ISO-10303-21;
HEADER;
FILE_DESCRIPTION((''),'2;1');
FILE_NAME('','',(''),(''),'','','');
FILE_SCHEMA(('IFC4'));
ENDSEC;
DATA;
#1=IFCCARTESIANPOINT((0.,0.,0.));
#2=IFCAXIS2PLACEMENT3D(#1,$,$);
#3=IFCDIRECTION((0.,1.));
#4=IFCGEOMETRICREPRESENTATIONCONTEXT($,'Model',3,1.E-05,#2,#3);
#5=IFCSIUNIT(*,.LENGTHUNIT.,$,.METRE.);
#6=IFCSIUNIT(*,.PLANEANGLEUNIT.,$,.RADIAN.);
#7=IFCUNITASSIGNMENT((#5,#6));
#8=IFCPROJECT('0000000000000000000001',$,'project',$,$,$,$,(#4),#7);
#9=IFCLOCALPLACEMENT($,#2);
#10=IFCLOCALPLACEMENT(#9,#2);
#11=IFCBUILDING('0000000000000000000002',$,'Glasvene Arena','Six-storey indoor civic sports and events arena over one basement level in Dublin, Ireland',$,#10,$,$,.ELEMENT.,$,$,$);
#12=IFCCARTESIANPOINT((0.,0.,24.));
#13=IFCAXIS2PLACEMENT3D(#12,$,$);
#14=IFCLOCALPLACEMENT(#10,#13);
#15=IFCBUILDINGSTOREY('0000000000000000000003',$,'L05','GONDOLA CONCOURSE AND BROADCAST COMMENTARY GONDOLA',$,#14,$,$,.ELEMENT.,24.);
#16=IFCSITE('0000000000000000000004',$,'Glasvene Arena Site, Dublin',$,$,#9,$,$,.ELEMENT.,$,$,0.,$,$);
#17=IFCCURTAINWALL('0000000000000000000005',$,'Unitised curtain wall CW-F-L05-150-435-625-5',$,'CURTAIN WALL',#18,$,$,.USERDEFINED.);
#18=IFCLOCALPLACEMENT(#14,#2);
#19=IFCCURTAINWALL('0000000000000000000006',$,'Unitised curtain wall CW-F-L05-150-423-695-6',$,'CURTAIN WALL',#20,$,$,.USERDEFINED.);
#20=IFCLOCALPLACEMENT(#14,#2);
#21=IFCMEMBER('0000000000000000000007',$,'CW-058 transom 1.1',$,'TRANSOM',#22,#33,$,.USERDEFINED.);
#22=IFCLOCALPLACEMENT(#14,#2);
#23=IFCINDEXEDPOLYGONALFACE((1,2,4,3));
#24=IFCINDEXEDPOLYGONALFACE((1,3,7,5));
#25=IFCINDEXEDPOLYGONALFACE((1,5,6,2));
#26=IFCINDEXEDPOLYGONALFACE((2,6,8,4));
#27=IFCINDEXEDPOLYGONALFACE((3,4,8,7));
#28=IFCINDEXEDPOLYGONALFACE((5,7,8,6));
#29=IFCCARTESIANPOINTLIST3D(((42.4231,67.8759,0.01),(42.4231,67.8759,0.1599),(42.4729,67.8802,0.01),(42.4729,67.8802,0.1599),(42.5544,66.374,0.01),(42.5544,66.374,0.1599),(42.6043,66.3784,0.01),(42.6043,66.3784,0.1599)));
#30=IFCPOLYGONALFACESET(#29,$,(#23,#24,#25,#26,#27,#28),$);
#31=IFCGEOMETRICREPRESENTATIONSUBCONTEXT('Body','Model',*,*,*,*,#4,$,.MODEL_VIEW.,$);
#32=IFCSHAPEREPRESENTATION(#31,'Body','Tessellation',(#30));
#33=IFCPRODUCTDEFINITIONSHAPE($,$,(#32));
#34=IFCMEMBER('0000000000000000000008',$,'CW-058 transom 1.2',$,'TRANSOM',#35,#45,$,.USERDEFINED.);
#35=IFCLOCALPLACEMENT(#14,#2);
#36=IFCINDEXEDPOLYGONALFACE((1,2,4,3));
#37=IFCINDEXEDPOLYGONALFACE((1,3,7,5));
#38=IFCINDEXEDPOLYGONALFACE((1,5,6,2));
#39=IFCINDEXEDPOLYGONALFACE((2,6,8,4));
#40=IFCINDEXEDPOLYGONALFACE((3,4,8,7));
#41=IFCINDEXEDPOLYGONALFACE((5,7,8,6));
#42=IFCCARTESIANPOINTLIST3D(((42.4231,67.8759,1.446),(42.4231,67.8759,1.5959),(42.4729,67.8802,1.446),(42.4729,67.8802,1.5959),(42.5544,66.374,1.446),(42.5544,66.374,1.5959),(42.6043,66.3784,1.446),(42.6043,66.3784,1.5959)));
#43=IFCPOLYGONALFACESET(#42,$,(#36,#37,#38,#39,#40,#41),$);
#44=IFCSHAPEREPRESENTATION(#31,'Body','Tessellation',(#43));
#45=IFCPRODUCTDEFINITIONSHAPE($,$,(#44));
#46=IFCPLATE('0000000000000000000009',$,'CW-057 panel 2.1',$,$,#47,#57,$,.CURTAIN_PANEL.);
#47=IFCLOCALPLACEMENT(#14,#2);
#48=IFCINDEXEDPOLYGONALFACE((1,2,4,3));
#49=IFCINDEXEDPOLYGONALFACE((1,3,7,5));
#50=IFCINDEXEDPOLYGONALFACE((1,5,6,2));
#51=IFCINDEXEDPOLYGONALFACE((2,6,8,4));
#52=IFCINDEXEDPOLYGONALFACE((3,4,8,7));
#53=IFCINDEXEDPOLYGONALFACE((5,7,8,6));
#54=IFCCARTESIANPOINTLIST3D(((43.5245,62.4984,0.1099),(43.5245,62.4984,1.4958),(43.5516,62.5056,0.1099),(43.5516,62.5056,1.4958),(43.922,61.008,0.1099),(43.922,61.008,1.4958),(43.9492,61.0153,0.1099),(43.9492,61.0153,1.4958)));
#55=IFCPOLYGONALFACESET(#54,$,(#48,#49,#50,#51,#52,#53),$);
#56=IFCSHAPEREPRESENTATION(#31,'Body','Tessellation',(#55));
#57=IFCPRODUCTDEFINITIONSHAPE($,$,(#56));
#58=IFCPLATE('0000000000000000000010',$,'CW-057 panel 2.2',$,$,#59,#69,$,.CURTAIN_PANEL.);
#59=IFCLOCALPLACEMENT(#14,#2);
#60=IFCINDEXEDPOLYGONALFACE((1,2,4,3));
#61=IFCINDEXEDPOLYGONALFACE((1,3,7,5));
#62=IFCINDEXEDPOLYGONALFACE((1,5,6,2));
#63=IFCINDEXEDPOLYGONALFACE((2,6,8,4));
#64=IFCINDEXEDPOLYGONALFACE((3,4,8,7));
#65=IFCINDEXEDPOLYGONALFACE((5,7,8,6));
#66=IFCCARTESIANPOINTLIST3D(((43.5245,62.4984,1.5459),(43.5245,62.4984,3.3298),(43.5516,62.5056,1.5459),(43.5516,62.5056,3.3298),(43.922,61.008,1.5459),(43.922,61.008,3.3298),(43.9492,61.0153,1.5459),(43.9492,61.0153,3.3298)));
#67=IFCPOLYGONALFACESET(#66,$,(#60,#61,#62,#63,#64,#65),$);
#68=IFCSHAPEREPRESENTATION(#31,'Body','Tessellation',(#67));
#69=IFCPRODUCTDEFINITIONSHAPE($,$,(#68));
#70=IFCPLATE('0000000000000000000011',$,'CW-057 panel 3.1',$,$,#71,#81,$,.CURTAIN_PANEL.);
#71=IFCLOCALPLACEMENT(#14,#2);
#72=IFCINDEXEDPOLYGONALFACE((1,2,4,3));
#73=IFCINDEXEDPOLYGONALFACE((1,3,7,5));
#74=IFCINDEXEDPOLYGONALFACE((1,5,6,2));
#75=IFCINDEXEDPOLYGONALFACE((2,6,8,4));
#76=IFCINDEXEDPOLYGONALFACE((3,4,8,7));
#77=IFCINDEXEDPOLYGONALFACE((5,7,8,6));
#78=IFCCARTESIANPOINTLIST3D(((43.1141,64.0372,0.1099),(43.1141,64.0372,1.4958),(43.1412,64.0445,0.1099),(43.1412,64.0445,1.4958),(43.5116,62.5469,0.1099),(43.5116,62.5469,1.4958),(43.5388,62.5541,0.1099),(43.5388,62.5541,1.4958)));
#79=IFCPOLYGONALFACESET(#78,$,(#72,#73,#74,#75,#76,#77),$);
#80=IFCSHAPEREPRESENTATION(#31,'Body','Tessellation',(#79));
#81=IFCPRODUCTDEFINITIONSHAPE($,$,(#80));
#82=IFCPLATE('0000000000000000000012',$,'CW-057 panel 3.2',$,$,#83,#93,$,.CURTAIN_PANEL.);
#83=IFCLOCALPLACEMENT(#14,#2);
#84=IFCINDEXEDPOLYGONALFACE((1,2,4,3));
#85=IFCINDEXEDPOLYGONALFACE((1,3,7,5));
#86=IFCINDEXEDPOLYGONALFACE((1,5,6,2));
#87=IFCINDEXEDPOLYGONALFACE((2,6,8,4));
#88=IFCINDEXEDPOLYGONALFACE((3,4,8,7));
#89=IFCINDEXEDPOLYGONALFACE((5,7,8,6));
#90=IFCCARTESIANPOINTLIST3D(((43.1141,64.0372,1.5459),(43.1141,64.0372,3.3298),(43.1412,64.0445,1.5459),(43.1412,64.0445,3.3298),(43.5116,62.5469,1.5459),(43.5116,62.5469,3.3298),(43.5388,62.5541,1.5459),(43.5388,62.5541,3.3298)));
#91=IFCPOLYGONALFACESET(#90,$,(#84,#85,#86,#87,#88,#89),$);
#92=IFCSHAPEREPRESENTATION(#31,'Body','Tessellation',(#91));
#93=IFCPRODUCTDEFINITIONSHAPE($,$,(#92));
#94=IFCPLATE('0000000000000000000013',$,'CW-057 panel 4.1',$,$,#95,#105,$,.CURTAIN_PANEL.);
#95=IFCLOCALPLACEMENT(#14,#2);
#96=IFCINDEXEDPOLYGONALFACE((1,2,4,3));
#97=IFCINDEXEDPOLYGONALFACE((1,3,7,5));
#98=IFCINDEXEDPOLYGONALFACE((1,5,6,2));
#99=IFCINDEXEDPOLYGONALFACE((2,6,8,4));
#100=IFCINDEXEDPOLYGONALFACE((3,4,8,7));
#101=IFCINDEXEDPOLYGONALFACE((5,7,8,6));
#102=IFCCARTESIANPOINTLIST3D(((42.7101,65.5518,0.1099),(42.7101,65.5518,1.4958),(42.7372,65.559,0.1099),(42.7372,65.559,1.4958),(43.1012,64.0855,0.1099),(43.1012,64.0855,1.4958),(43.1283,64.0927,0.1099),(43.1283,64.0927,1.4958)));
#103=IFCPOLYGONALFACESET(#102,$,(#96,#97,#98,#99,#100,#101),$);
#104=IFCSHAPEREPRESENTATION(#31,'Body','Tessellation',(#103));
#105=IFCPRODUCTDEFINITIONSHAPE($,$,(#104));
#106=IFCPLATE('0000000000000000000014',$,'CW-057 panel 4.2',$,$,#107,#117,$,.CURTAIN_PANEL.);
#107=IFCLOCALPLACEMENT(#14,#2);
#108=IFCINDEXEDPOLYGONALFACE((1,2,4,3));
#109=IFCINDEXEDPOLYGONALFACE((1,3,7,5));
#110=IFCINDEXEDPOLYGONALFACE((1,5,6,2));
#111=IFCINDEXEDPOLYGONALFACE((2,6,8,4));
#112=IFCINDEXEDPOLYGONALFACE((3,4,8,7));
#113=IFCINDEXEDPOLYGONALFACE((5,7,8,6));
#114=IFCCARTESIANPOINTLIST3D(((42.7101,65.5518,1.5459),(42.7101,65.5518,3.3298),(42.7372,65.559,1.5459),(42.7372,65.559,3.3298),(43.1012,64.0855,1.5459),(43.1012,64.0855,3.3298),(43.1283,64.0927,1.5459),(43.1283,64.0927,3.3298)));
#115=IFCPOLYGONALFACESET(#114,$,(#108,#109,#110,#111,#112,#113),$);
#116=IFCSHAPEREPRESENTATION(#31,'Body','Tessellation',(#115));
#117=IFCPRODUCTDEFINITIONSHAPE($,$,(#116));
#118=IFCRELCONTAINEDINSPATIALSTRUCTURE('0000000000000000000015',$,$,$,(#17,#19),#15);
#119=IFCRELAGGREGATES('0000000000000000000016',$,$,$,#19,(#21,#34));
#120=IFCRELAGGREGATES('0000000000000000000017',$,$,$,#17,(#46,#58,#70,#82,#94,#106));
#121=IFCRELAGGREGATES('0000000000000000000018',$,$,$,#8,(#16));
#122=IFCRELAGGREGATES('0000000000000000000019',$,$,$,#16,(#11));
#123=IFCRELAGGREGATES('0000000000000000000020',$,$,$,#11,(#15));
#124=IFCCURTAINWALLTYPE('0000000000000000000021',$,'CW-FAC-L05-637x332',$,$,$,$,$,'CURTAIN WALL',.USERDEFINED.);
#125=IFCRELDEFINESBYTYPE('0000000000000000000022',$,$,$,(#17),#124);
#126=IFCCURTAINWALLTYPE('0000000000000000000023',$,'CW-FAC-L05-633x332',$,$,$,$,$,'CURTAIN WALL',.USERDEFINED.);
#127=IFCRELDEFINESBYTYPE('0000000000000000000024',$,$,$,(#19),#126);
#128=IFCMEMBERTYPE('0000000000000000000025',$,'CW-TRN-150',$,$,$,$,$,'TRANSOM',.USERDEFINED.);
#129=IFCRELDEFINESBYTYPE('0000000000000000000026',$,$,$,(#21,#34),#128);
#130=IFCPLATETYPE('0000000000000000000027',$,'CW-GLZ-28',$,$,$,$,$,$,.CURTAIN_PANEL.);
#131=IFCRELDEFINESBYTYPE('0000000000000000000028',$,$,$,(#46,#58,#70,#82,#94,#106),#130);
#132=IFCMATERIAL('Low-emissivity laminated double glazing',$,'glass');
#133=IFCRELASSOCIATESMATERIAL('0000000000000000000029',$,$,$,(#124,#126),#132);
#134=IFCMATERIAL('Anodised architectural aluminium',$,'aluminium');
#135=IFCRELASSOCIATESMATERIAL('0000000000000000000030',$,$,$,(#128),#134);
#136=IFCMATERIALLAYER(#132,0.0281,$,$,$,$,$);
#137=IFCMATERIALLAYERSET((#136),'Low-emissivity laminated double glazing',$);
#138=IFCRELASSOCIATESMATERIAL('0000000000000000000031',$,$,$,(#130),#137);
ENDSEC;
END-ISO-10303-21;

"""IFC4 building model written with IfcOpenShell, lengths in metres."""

from ifc_helpers import new_model, si_unit, direction, frame, origin, origin_2d, place, context, subcontext, project, spatial, rectangle, extrude, material, layer, layer_set, material_profile, profile_set, type_object, element, aggregate, save


model = new_model("IFC4")

# Units and contexts
model_context = context("Model", 3, precision=1e-05, world=origin(), true_north=direction((0.0, 1.0)))
body_context = subcontext(model_context, "Body", "Model", "MODEL_VIEW")
ifc_project = project(units=[si_unit("LENGTHUNIT", "METRE"), si_unit("PLANEANGLEUNIT", "RADIAN")], contexts=[model_context])

# Site, building, storey
site_placement = place(None, origin())
site = spatial("IfcSite", under=ifc_project, at=site_placement, Name="Glasvene Arena Site, Dublin", CompositionType="ELEMENT", RefElevation=0.0)
building_placement = place(site_placement, origin())
building = spatial("IfcBuilding", under=site, at=building_placement, Name="Glasvene Arena", Description="Six-storey indoor civic sports and events arena over one basement level in Dublin, Ireland", CompositionType="ELEMENT")
storey_placement = place(building_placement, frame((0.0, 0.0, 24.0)))
storey = spatial("IfcBuildingStorey", under=building, at=storey_placement, Name="L05", Description="GONDOLA CONCOURSE AND BROADCAST COMMENTARY GONDOLA", CompositionType="ELEMENT", Elevation=24.0)

# Curtain wall
ifc_material_1 = material(Name="Low-emissivity laminated double glazing", Category="glass")
curtain_wall_type_1 = type_object("IfcCurtainWallType", Name="CW-FAC-L05-637x332", ElementType="CURTAIN WALL", PredefinedType="USERDEFINED", material=ifc_material_1)
curtain_wall_1_placement = place(storey_placement, frame((44.3525, 59.4487, 0.0)))
curtain_wall_1 = element("IfcCurtainWall", 1, at=curtain_wall_1_placement, inside=storey, type_object=curtain_wall_type_1, Name="Unitised curtain wall CW-F-L05-150-435-625-5", ObjectType="CURTAIN WALL", PredefinedType="USERDEFINED")
ifc_material_2 = material(Name="Anodised architectural aluminium", Category="aluminium")

# Curtain wall
curtain_wall_type_2 = type_object("IfcCurtainWallType", Name="CW-FAC-L05-633x332", ElementType="CURTAIN WALL", PredefinedType="USERDEFINED", material=ifc_material_1)
curtain_wall_2_placement = place(storey_placement, frame((42.5835, 66.3264, 0.0)))
curtain_wall_2 = element("IfcCurtainWall", 2, at=curtain_wall_2_placement, inside=storey, type_object=curtain_wall_type_2, Name="Unitised curtain wall CW-F-L05-150-423-695-6", ObjectType="CURTAIN WALL", PredefinedType="USERDEFINED")

# Members
ifc_material_profile_1 = material_profile(ifc_material_2, rectangle(XDim=0.05, YDim=0.1499, at=origin_2d()), Name="ALU TRANSOM 50x150")
ifc_profile_set_1 = profile_set([ifc_material_profile_1], Name="Anodised architectural aluminium")
member_type_1 = type_object("IfcMemberType", Name="CW-TRN-150", ElementType="TRANSOM", PredefinedType="USERDEFINED", material=ifc_profile_set_1)
member_1_placement = place(storey_placement, frame((42.5793, 66.3762, 0.085), z_axis=(-0.087119, 0.996198, 0.0), x_axis=(-0.996198, -0.087119, 0.0)))
member_1 = element("IfcMember", 3, at=member_1_placement, type_object=member_type_1, Name="CW-058 transom 1.1", ObjectType="TRANSOM", PredefinedType="USERDEFINED", context=body_context, shape_type="SweptSolid", body=[
    extrude(rectangle(XDim=0.05, YDim=0.1499, at=origin_2d()), origin(), (0.0, 0.0, 1.0), 1.5076),
])
member_2_placement = place(storey_placement, frame((42.5793, 66.3762, 1.521), z_axis=(-0.087119, 0.996198, 0.0), x_axis=(-0.996198, -0.087119, 0.0)))
member_2 = element("IfcMember", 4, at=member_2_placement, type_object=member_type_1, Name="CW-058 transom 1.2", ObjectType="TRANSOM", PredefinedType="USERDEFINED", context=body_context, shape_type="SweptSolid", body=[
    extrude(rectangle(XDim=0.05, YDim=0.1499, at=origin_2d()), origin(), (0.0, 0.0, 1.0), 1.5076),
])
aggregate(curtain_wall_2, [member_1, member_2])

# Plates
ifc_layer = layer(ifc_material_1, 0.0281)
ifc_layer_set = layer_set([ifc_layer], Name="Low-emissivity laminated double glazing")
plate_type = type_object("IfcPlateType", Name="CW-GLZ-28", PredefinedType="CURTAIN_PANEL", material=ifc_layer_set)
plate_1_placement = place(storey_placement, frame((43.7368, 61.7568, 0.1099), z_axis=(0.0, 0.0, 1.0), x_axis=(-0.257739, 0.966215, 0.0)))
plate_1 = element("IfcPlate", 5, at=plate_1_placement, type_object=plate_type, Name="CW-057 panel 2.1", PredefinedType="CURTAIN_PANEL", context=body_context, shape_type="SweptSolid", body=[
    extrude(rectangle(XDim=1.5425, YDim=0.0281, at=origin_2d()), origin(), (0.0, 0.0, 1.0), 1.386),
])
plate_2_placement = place(storey_placement, frame((43.7368, 61.7568, 1.5459), z_axis=(0.0, 0.0, 1.0), x_axis=(-0.257739, 0.966215, 0.0)))
plate_2 = element("IfcPlate", 6, at=plate_2_placement, type_object=plate_type, Name="CW-057 panel 2.2", PredefinedType="CURTAIN_PANEL", context=body_context, shape_type="SweptSolid", body=[
    extrude(rectangle(XDim=1.5425, YDim=0.0281, at=origin_2d()), origin(), (0.0, 0.0, 1.0), 1.7839),
])
plate_3_placement = place(storey_placement, frame((43.3264, 63.2957, 0.1099), z_axis=(0.0, 0.0, 1.0), x_axis=(-0.257739, 0.966215, 0.0)))
plate_3 = element("IfcPlate", 7, at=plate_3_placement, type_object=plate_type, Name="CW-057 panel 3.1", PredefinedType="CURTAIN_PANEL", context=body_context, shape_type="SweptSolid", body=[
    extrude(rectangle(XDim=1.5425, YDim=0.0281, at=origin_2d()), origin(), (0.0, 0.0, 1.0), 1.386),
])
plate_4_placement = place(storey_placement, frame((43.3264, 63.2957, 1.5459), z_axis=(0.0, 0.0, 1.0), x_axis=(-0.257739, 0.966215, 0.0)))
plate_4 = element("IfcPlate", 8, at=plate_4_placement, type_object=plate_type, Name="CW-057 panel 3.2", PredefinedType="CURTAIN_PANEL", context=body_context, shape_type="SweptSolid", body=[
    extrude(rectangle(XDim=1.5425, YDim=0.0281, at=origin_2d()), origin(), (0.0, 0.0, 1.0), 1.7839),
])
plate_5_placement = place(storey_placement, frame((42.9192, 64.8223, 0.1099), z_axis=(0.0, 0.0, 1.0), x_axis=(-0.257739, 0.966215, 0.0)))
plate_5 = element("IfcPlate", 9, at=plate_5_placement, type_object=plate_type, Name="CW-057 panel 4.1", PredefinedType="CURTAIN_PANEL", context=body_context, shape_type="SweptSolid", body=[
    extrude(rectangle(XDim=1.5176, YDim=0.0281, at=origin_2d()), origin(), (0.0, 0.0, 1.0), 1.386),
])
plate_6_placement = place(storey_placement, frame((42.9192, 64.8223, 1.5459), z_axis=(0.0, 0.0, 1.0), x_axis=(-0.257739, 0.966215, 0.0)))
plate_6 = element("IfcPlate", 10, at=plate_6_placement, type_object=plate_type, Name="CW-057 panel 4.2", PredefinedType="CURTAIN_PANEL", context=body_context, shape_type="SweptSolid", body=[
    extrude(rectangle(XDim=1.5176, YDim=0.0281, at=origin_2d()), origin(), (0.0, 0.0, 1.0), 1.7839),
])
aggregate(curtain_wall_1, [plate_1, plate_2, plate_3, plate_4, plate_5, plate_6])

save(model, "model.ifc")
